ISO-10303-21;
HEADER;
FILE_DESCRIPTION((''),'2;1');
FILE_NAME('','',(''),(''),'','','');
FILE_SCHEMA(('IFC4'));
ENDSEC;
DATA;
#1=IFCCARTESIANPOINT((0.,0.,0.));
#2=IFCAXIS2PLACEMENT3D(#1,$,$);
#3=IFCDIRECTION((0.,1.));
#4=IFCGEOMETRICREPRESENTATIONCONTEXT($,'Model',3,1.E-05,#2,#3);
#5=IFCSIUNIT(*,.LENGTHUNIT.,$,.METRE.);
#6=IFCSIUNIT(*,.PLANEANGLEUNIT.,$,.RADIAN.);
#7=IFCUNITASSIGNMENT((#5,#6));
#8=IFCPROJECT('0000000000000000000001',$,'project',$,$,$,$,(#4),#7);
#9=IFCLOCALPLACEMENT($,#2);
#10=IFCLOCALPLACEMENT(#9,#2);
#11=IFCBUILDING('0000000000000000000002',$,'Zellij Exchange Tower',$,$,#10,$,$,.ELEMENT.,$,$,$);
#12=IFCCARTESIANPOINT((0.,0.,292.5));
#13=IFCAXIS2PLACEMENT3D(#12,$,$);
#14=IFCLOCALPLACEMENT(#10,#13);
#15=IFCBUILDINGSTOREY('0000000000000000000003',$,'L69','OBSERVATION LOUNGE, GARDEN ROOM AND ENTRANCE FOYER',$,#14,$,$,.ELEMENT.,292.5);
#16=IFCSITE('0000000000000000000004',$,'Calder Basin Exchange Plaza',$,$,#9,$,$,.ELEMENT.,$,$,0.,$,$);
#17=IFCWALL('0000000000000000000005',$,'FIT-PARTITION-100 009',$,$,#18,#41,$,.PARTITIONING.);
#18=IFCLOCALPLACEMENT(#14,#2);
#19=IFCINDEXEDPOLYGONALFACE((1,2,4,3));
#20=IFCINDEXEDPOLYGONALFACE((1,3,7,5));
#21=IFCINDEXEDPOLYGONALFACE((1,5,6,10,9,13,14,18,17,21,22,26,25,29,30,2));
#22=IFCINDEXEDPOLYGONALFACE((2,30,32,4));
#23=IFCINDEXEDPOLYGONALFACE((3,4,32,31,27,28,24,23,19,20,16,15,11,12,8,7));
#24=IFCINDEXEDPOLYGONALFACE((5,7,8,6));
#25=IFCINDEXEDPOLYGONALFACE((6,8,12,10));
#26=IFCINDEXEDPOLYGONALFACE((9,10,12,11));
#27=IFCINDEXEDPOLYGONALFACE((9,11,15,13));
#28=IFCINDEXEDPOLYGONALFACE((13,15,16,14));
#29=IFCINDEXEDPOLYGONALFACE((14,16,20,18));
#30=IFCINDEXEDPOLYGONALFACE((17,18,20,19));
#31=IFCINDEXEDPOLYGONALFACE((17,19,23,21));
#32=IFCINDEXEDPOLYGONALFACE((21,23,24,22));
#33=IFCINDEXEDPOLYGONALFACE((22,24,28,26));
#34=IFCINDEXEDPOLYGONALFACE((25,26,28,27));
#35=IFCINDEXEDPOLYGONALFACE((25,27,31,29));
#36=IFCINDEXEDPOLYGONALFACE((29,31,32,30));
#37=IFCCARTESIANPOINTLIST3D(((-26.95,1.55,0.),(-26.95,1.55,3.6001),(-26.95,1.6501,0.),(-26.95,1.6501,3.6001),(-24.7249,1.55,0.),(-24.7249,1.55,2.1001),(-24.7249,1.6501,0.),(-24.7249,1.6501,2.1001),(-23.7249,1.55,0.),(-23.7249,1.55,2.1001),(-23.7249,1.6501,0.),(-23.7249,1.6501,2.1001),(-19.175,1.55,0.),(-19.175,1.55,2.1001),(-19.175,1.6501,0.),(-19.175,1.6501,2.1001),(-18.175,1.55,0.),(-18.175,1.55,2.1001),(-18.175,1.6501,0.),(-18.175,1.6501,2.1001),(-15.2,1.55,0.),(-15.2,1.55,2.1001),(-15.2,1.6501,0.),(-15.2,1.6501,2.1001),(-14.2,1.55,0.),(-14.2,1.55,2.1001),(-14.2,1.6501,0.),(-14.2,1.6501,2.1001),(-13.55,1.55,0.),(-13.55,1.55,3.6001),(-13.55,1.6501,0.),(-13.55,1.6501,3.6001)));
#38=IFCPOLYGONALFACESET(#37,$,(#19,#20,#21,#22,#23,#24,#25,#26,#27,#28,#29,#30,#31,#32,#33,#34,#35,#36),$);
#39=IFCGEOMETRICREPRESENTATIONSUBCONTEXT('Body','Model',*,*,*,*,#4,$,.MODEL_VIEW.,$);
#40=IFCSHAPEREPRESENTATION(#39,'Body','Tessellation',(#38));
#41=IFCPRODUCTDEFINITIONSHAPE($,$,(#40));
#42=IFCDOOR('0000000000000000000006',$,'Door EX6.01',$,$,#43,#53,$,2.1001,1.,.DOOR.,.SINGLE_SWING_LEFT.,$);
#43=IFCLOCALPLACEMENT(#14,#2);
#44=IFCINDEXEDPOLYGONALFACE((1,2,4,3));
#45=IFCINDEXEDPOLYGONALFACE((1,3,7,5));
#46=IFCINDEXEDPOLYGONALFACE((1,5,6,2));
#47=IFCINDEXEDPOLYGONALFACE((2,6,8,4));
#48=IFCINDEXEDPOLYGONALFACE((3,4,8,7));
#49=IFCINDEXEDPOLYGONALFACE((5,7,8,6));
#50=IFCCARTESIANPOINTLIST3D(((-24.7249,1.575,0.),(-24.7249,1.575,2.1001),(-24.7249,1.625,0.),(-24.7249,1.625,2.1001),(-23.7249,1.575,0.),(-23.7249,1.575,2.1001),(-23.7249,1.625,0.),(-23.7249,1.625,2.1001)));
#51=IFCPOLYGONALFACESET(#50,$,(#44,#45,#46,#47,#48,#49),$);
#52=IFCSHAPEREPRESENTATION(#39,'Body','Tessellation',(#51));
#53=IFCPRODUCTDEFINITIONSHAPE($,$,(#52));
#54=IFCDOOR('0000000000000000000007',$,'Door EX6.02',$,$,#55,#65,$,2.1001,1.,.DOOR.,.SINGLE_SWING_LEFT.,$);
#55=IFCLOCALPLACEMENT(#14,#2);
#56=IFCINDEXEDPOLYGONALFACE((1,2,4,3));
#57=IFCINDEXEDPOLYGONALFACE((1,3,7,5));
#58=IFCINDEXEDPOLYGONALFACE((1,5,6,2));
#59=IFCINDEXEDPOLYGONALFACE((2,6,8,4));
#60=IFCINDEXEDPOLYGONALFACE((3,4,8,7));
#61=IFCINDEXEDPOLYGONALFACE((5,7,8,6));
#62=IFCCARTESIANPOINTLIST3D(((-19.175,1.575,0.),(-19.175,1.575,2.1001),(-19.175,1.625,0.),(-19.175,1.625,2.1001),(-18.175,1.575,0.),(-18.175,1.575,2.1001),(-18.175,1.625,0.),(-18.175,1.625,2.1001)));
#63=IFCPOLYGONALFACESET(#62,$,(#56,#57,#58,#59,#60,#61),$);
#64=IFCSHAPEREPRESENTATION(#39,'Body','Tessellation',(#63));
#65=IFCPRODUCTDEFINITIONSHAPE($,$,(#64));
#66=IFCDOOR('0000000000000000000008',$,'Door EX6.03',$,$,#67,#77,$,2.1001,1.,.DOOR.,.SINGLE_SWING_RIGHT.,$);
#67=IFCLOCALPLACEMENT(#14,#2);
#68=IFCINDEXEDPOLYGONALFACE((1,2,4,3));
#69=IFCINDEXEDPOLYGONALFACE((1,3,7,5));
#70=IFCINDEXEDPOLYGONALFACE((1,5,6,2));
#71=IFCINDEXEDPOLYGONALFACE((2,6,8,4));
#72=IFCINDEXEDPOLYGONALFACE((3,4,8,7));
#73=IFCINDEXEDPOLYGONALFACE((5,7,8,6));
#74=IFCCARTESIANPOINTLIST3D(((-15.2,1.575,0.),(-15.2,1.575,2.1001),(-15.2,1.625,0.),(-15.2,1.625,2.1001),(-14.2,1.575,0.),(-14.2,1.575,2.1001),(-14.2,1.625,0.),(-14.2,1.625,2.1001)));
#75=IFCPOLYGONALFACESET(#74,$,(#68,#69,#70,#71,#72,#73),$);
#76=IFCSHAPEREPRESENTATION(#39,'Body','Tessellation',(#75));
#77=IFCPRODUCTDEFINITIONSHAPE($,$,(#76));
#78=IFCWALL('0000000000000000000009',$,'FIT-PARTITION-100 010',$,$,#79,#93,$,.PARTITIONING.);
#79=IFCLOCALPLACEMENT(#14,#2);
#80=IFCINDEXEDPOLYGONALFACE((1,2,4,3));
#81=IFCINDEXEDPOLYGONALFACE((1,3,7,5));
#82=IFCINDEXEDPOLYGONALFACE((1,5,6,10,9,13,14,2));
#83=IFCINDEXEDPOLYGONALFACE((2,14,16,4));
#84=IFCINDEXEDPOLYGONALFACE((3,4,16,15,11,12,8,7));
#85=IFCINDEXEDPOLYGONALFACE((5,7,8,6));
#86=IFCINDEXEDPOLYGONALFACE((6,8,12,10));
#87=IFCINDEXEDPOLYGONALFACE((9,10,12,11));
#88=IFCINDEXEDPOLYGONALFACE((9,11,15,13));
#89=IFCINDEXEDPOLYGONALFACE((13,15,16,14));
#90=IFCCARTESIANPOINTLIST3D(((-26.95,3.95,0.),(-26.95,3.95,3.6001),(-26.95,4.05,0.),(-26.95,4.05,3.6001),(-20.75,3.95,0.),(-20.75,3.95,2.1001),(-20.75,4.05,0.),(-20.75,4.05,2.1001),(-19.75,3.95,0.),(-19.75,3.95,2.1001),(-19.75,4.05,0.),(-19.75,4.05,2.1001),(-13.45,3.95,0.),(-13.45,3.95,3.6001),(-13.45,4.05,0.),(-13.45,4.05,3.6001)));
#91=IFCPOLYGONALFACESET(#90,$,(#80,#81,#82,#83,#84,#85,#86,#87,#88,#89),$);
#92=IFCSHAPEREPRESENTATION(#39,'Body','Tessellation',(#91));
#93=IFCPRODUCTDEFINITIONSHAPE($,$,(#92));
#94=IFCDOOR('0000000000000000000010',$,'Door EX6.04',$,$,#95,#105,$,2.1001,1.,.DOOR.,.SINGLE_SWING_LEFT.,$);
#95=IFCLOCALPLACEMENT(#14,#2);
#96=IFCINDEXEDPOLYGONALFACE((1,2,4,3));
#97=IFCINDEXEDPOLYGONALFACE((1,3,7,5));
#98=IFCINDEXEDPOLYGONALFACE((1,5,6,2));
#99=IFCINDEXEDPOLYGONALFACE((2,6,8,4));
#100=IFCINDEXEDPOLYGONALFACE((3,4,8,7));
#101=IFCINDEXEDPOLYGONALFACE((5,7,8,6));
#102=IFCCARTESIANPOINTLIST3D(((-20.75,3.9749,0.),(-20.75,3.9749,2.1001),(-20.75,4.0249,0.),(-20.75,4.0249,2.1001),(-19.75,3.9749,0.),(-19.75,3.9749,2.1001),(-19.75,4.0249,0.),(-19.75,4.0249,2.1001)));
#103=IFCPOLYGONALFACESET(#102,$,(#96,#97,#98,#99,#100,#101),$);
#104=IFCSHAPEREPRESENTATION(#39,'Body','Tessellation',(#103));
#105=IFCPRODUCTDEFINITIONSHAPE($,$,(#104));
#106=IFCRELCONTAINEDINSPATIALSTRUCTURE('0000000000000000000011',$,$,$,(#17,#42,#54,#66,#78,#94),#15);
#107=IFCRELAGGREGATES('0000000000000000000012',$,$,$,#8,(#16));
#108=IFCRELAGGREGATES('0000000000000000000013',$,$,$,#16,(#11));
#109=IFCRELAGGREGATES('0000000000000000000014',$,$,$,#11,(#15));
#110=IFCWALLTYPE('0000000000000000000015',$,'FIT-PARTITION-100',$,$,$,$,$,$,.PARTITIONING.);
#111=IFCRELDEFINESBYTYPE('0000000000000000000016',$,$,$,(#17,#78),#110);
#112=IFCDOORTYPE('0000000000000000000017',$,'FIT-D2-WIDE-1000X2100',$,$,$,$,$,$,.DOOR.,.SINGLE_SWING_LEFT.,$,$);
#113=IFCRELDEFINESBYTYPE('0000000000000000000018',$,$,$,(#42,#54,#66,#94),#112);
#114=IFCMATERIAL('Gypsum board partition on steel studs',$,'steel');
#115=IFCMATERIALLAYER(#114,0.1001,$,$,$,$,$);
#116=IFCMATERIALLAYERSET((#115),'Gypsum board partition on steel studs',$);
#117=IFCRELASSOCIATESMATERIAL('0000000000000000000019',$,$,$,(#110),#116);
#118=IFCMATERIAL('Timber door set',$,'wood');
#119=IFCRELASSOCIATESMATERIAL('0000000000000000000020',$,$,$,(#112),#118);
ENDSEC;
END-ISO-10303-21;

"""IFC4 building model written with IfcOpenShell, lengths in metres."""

from ifc_helpers import new_model, si_unit, direction, frame, frame_2d, origin, place, context, subcontext, project, spatial, rectangle, extrude, material, layer, layer_set, type_object, element, fill, save


model = new_model("IFC4")

# Units and contexts
model_context = context("Model", 3, precision=1e-05, world=origin(), true_north=direction((0.0, 1.0)))
body_context = subcontext(model_context, "Body", "Model", "MODEL_VIEW")
ifc_project = project(units=[si_unit("LENGTHUNIT", "METRE"), si_unit("PLANEANGLEUNIT", "RADIAN")], contexts=[model_context])

# Site, building, storey
site_placement = place(None, origin())
site = spatial("IfcSite", under=ifc_project, at=site_placement, Name="Calder Basin Exchange Plaza", CompositionType="ELEMENT", RefElevation=0.0)
building_placement = place(site_placement, origin())
building = spatial("IfcBuilding", under=site, at=building_placement, Name="Zellij Exchange Tower", CompositionType="ELEMENT")
storey_placement = place(building_placement, frame((0.0, 0.0, 292.5)))
storey = spatial("IfcBuildingStorey", under=building, at=storey_placement, Name="L69", Description="OBSERVATION LOUNGE, GARDEN ROOM AND ENTRANCE FOYER", CompositionType="ELEMENT", Elevation=292.5)

# Shared definitions
ifc_material_1 = material(Name="Gypsum board partition on steel studs", Category="steel")
ifc_layer_1 = layer(ifc_material_1, 0.1001)
ifc_layer_set_1 = layer_set([ifc_layer_1], Name="Gypsum board partition on steel studs")
wall_type_1 = type_object("IfcWallType", Name="FIT-PARTITION-100", PredefinedType="PARTITIONING", material=ifc_layer_set_1)

# Wall, openings, doors
wall_1_placement = place(storey_placement, frame((-26.95, 1.6001, 0.0), z_axis=(0.0, 0.0, 1.0), x_axis=(1.0, 0.0, 0.0)))
wall_1 = element("IfcWall", 1, at=wall_1_placement, inside=storey, type_object=wall_type_1, Name="FIT-PARTITION-100 009", PredefinedType="PARTITIONING", context=body_context, shape_type="SweptSolid", body=[
    extrude(rectangle(XDim=13.3999, YDim=0.1001, at=frame_2d((6.7, 0.0))), origin(), (0.0, 0.0, 1.0), 3.6001),
])
opening_1_placement = place(wall_1_placement, frame((2.2251, 0.0, 0.0)))
opening_1 = element("IfcOpeningElement", 2, at=opening_1_placement, cuts=wall_1, PredefinedType="OPENING", context=body_context, shape_type="SweptSolid", body=[
    extrude(rectangle(XDim=1.0, YDim=2.1001, at=frame_2d((0.5, 1.05))), frame((0.0, 0.062, 0.0), z_axis=(0.0, -1.0, 0.0), x_axis=(1.0, 0.0, 0.0)), (0.0, 0.0, 1.0), 0.124),
])
opening_2_placement = place(wall_1_placement, frame((7.7749, 0.0, 0.0)))
opening_2 = element("IfcOpeningElement", 3, at=opening_2_placement, cuts=wall_1, PredefinedType="OPENING", context=body_context, shape_type="SweptSolid", body=[
    extrude(rectangle(XDim=1.0, YDim=2.1001, at=frame_2d((0.5, 1.05))), frame((0.0, 0.062, 0.0), z_axis=(0.0, -1.0, 0.0), x_axis=(1.0, 0.0, 0.0)), (0.0, 0.0, 1.0), 0.124),
])
opening_3_placement = place(wall_1_placement, frame((11.75, 0.0, 0.0)))
opening_3 = element("IfcOpeningElement", 4, at=opening_3_placement, cuts=wall_1, PredefinedType="OPENING", context=body_context, shape_type="SweptSolid", body=[
    extrude(rectangle(XDim=1.0, YDim=2.1001, at=frame_2d((0.5, 1.05))), frame((0.0, 0.062, 0.0), z_axis=(0.0, -1.0, 0.0), x_axis=(1.0, 0.0, 0.0)), (0.0, 0.0, 1.0), 0.124),
])
ifc_material_2 = material(Name="Timber door set", Category="wood")
door_type_1 = type_object("IfcDoorType", Name="FIT-D2-WIDE-1000X2100", OperationType="SINGLE_SWING_LEFT", PredefinedType="DOOR", material=ifc_material_2)
door_1_placement = place(opening_1_placement, origin())
door_1 = element("IfcDoor", 5, at=door_1_placement, inside=storey, type_object=door_type_1, Name="Door EX6.01", OperationType="SINGLE_SWING_LEFT", OverallHeight=2.1001, OverallWidth=1.0, PredefinedType="DOOR", context=body_context, shape_type="SweptSolid", body=[
    extrude(rectangle(XDim=1.0, YDim=2.1001, at=frame_2d((0.5, 1.05))), frame((0.0, 0.0249, 0.0), z_axis=(0.0, -1.0, 0.0), x_axis=(1.0, 0.0, 0.0)), (0.0, 0.0, 1.0), 0.05),
])
fill(opening_1, door_1)
door_2_placement = place(opening_2_placement, origin())
door_2 = element("IfcDoor", 6, at=door_2_placement, inside=storey, type_object=door_type_1, Name="Door EX6.02", OperationType="SINGLE_SWING_LEFT", OverallHeight=2.1001, OverallWidth=1.0, PredefinedType="DOOR", context=body_context, shape_type="SweptSolid", body=[
    extrude(rectangle(XDim=1.0, YDim=2.1001, at=frame_2d((0.5, 1.05))), frame((0.0, 0.0249, 0.0), z_axis=(0.0, -1.0, 0.0), x_axis=(1.0, 0.0, 0.0)), (0.0, 0.0, 1.0), 0.05),
])
fill(opening_2, door_2)
door_3_placement = place(opening_3_placement, origin())
door_3 = element("IfcDoor", 7, at=door_3_placement, inside=storey, type_object=door_type_1, Name="Door EX6.03", OperationType="SINGLE_SWING_RIGHT", OverallHeight=2.1001, OverallWidth=1.0, PredefinedType="DOOR", context=body_context, shape_type="SweptSolid", body=[
    extrude(rectangle(XDim=1.0, YDim=2.1001, at=frame_2d((0.5, 1.05))), frame((0.0, 0.0249, 0.0), z_axis=(0.0, -1.0, 0.0), x_axis=(1.0, 0.0, 0.0)), (0.0, 0.0, 1.0), 0.05),
])
fill(opening_3, door_3)

# Wall, opening, door
wall_2_placement = place(storey_placement, frame((-26.95, 4.0, 0.0), z_axis=(0.0, 0.0, 1.0), x_axis=(1.0, 0.0, 0.0)))
wall_2 = element("IfcWall", 8, at=wall_2_placement, inside=storey, type_object=wall_type_1, Name="FIT-PARTITION-100 010", PredefinedType="PARTITIONING", context=body_context, shape_type="SweptSolid", body=[
    extrude(rectangle(XDim=13.5, YDim=0.1001, at=frame_2d((6.75, 0.0))), origin(), (0.0, 0.0, 1.0), 3.6001),
])
opening_4_placement = place(wall_2_placement, frame((6.2, 0.0, 0.0)))
opening_4 = element("IfcOpeningElement", 9, at=opening_4_placement, cuts=wall_2, PredefinedType="OPENING", context=body_context, shape_type="SweptSolid", body=[
    extrude(rectangle(XDim=1.0, YDim=2.1001, at=frame_2d((0.5, 1.05))), frame((0.0, 0.062, 0.0), z_axis=(0.0, -1.0, 0.0), x_axis=(1.0, 0.0, 0.0)), (0.0, 0.0, 1.0), 0.124),
])
door_4_placement = place(opening_4_placement, origin())
door_4 = element("IfcDoor", 10, at=door_4_placement, inside=storey, type_object=door_type_1, Name="Door EX6.04", OperationType="SINGLE_SWING_LEFT", OverallHeight=2.1001, OverallWidth=1.0, PredefinedType="DOOR", context=body_context, shape_type="SweptSolid", body=[
    extrude(rectangle(XDim=1.0, YDim=2.1001, at=frame_2d((0.5, 1.05))), frame((0.0, 0.0249, 0.0), z_axis=(0.0, -1.0, 0.0), x_axis=(1.0, 0.0, 0.0)), (0.0, 0.0, 1.0), 0.05),
])
fill(opening_4, door_4)

save(model, "model.ifc")
